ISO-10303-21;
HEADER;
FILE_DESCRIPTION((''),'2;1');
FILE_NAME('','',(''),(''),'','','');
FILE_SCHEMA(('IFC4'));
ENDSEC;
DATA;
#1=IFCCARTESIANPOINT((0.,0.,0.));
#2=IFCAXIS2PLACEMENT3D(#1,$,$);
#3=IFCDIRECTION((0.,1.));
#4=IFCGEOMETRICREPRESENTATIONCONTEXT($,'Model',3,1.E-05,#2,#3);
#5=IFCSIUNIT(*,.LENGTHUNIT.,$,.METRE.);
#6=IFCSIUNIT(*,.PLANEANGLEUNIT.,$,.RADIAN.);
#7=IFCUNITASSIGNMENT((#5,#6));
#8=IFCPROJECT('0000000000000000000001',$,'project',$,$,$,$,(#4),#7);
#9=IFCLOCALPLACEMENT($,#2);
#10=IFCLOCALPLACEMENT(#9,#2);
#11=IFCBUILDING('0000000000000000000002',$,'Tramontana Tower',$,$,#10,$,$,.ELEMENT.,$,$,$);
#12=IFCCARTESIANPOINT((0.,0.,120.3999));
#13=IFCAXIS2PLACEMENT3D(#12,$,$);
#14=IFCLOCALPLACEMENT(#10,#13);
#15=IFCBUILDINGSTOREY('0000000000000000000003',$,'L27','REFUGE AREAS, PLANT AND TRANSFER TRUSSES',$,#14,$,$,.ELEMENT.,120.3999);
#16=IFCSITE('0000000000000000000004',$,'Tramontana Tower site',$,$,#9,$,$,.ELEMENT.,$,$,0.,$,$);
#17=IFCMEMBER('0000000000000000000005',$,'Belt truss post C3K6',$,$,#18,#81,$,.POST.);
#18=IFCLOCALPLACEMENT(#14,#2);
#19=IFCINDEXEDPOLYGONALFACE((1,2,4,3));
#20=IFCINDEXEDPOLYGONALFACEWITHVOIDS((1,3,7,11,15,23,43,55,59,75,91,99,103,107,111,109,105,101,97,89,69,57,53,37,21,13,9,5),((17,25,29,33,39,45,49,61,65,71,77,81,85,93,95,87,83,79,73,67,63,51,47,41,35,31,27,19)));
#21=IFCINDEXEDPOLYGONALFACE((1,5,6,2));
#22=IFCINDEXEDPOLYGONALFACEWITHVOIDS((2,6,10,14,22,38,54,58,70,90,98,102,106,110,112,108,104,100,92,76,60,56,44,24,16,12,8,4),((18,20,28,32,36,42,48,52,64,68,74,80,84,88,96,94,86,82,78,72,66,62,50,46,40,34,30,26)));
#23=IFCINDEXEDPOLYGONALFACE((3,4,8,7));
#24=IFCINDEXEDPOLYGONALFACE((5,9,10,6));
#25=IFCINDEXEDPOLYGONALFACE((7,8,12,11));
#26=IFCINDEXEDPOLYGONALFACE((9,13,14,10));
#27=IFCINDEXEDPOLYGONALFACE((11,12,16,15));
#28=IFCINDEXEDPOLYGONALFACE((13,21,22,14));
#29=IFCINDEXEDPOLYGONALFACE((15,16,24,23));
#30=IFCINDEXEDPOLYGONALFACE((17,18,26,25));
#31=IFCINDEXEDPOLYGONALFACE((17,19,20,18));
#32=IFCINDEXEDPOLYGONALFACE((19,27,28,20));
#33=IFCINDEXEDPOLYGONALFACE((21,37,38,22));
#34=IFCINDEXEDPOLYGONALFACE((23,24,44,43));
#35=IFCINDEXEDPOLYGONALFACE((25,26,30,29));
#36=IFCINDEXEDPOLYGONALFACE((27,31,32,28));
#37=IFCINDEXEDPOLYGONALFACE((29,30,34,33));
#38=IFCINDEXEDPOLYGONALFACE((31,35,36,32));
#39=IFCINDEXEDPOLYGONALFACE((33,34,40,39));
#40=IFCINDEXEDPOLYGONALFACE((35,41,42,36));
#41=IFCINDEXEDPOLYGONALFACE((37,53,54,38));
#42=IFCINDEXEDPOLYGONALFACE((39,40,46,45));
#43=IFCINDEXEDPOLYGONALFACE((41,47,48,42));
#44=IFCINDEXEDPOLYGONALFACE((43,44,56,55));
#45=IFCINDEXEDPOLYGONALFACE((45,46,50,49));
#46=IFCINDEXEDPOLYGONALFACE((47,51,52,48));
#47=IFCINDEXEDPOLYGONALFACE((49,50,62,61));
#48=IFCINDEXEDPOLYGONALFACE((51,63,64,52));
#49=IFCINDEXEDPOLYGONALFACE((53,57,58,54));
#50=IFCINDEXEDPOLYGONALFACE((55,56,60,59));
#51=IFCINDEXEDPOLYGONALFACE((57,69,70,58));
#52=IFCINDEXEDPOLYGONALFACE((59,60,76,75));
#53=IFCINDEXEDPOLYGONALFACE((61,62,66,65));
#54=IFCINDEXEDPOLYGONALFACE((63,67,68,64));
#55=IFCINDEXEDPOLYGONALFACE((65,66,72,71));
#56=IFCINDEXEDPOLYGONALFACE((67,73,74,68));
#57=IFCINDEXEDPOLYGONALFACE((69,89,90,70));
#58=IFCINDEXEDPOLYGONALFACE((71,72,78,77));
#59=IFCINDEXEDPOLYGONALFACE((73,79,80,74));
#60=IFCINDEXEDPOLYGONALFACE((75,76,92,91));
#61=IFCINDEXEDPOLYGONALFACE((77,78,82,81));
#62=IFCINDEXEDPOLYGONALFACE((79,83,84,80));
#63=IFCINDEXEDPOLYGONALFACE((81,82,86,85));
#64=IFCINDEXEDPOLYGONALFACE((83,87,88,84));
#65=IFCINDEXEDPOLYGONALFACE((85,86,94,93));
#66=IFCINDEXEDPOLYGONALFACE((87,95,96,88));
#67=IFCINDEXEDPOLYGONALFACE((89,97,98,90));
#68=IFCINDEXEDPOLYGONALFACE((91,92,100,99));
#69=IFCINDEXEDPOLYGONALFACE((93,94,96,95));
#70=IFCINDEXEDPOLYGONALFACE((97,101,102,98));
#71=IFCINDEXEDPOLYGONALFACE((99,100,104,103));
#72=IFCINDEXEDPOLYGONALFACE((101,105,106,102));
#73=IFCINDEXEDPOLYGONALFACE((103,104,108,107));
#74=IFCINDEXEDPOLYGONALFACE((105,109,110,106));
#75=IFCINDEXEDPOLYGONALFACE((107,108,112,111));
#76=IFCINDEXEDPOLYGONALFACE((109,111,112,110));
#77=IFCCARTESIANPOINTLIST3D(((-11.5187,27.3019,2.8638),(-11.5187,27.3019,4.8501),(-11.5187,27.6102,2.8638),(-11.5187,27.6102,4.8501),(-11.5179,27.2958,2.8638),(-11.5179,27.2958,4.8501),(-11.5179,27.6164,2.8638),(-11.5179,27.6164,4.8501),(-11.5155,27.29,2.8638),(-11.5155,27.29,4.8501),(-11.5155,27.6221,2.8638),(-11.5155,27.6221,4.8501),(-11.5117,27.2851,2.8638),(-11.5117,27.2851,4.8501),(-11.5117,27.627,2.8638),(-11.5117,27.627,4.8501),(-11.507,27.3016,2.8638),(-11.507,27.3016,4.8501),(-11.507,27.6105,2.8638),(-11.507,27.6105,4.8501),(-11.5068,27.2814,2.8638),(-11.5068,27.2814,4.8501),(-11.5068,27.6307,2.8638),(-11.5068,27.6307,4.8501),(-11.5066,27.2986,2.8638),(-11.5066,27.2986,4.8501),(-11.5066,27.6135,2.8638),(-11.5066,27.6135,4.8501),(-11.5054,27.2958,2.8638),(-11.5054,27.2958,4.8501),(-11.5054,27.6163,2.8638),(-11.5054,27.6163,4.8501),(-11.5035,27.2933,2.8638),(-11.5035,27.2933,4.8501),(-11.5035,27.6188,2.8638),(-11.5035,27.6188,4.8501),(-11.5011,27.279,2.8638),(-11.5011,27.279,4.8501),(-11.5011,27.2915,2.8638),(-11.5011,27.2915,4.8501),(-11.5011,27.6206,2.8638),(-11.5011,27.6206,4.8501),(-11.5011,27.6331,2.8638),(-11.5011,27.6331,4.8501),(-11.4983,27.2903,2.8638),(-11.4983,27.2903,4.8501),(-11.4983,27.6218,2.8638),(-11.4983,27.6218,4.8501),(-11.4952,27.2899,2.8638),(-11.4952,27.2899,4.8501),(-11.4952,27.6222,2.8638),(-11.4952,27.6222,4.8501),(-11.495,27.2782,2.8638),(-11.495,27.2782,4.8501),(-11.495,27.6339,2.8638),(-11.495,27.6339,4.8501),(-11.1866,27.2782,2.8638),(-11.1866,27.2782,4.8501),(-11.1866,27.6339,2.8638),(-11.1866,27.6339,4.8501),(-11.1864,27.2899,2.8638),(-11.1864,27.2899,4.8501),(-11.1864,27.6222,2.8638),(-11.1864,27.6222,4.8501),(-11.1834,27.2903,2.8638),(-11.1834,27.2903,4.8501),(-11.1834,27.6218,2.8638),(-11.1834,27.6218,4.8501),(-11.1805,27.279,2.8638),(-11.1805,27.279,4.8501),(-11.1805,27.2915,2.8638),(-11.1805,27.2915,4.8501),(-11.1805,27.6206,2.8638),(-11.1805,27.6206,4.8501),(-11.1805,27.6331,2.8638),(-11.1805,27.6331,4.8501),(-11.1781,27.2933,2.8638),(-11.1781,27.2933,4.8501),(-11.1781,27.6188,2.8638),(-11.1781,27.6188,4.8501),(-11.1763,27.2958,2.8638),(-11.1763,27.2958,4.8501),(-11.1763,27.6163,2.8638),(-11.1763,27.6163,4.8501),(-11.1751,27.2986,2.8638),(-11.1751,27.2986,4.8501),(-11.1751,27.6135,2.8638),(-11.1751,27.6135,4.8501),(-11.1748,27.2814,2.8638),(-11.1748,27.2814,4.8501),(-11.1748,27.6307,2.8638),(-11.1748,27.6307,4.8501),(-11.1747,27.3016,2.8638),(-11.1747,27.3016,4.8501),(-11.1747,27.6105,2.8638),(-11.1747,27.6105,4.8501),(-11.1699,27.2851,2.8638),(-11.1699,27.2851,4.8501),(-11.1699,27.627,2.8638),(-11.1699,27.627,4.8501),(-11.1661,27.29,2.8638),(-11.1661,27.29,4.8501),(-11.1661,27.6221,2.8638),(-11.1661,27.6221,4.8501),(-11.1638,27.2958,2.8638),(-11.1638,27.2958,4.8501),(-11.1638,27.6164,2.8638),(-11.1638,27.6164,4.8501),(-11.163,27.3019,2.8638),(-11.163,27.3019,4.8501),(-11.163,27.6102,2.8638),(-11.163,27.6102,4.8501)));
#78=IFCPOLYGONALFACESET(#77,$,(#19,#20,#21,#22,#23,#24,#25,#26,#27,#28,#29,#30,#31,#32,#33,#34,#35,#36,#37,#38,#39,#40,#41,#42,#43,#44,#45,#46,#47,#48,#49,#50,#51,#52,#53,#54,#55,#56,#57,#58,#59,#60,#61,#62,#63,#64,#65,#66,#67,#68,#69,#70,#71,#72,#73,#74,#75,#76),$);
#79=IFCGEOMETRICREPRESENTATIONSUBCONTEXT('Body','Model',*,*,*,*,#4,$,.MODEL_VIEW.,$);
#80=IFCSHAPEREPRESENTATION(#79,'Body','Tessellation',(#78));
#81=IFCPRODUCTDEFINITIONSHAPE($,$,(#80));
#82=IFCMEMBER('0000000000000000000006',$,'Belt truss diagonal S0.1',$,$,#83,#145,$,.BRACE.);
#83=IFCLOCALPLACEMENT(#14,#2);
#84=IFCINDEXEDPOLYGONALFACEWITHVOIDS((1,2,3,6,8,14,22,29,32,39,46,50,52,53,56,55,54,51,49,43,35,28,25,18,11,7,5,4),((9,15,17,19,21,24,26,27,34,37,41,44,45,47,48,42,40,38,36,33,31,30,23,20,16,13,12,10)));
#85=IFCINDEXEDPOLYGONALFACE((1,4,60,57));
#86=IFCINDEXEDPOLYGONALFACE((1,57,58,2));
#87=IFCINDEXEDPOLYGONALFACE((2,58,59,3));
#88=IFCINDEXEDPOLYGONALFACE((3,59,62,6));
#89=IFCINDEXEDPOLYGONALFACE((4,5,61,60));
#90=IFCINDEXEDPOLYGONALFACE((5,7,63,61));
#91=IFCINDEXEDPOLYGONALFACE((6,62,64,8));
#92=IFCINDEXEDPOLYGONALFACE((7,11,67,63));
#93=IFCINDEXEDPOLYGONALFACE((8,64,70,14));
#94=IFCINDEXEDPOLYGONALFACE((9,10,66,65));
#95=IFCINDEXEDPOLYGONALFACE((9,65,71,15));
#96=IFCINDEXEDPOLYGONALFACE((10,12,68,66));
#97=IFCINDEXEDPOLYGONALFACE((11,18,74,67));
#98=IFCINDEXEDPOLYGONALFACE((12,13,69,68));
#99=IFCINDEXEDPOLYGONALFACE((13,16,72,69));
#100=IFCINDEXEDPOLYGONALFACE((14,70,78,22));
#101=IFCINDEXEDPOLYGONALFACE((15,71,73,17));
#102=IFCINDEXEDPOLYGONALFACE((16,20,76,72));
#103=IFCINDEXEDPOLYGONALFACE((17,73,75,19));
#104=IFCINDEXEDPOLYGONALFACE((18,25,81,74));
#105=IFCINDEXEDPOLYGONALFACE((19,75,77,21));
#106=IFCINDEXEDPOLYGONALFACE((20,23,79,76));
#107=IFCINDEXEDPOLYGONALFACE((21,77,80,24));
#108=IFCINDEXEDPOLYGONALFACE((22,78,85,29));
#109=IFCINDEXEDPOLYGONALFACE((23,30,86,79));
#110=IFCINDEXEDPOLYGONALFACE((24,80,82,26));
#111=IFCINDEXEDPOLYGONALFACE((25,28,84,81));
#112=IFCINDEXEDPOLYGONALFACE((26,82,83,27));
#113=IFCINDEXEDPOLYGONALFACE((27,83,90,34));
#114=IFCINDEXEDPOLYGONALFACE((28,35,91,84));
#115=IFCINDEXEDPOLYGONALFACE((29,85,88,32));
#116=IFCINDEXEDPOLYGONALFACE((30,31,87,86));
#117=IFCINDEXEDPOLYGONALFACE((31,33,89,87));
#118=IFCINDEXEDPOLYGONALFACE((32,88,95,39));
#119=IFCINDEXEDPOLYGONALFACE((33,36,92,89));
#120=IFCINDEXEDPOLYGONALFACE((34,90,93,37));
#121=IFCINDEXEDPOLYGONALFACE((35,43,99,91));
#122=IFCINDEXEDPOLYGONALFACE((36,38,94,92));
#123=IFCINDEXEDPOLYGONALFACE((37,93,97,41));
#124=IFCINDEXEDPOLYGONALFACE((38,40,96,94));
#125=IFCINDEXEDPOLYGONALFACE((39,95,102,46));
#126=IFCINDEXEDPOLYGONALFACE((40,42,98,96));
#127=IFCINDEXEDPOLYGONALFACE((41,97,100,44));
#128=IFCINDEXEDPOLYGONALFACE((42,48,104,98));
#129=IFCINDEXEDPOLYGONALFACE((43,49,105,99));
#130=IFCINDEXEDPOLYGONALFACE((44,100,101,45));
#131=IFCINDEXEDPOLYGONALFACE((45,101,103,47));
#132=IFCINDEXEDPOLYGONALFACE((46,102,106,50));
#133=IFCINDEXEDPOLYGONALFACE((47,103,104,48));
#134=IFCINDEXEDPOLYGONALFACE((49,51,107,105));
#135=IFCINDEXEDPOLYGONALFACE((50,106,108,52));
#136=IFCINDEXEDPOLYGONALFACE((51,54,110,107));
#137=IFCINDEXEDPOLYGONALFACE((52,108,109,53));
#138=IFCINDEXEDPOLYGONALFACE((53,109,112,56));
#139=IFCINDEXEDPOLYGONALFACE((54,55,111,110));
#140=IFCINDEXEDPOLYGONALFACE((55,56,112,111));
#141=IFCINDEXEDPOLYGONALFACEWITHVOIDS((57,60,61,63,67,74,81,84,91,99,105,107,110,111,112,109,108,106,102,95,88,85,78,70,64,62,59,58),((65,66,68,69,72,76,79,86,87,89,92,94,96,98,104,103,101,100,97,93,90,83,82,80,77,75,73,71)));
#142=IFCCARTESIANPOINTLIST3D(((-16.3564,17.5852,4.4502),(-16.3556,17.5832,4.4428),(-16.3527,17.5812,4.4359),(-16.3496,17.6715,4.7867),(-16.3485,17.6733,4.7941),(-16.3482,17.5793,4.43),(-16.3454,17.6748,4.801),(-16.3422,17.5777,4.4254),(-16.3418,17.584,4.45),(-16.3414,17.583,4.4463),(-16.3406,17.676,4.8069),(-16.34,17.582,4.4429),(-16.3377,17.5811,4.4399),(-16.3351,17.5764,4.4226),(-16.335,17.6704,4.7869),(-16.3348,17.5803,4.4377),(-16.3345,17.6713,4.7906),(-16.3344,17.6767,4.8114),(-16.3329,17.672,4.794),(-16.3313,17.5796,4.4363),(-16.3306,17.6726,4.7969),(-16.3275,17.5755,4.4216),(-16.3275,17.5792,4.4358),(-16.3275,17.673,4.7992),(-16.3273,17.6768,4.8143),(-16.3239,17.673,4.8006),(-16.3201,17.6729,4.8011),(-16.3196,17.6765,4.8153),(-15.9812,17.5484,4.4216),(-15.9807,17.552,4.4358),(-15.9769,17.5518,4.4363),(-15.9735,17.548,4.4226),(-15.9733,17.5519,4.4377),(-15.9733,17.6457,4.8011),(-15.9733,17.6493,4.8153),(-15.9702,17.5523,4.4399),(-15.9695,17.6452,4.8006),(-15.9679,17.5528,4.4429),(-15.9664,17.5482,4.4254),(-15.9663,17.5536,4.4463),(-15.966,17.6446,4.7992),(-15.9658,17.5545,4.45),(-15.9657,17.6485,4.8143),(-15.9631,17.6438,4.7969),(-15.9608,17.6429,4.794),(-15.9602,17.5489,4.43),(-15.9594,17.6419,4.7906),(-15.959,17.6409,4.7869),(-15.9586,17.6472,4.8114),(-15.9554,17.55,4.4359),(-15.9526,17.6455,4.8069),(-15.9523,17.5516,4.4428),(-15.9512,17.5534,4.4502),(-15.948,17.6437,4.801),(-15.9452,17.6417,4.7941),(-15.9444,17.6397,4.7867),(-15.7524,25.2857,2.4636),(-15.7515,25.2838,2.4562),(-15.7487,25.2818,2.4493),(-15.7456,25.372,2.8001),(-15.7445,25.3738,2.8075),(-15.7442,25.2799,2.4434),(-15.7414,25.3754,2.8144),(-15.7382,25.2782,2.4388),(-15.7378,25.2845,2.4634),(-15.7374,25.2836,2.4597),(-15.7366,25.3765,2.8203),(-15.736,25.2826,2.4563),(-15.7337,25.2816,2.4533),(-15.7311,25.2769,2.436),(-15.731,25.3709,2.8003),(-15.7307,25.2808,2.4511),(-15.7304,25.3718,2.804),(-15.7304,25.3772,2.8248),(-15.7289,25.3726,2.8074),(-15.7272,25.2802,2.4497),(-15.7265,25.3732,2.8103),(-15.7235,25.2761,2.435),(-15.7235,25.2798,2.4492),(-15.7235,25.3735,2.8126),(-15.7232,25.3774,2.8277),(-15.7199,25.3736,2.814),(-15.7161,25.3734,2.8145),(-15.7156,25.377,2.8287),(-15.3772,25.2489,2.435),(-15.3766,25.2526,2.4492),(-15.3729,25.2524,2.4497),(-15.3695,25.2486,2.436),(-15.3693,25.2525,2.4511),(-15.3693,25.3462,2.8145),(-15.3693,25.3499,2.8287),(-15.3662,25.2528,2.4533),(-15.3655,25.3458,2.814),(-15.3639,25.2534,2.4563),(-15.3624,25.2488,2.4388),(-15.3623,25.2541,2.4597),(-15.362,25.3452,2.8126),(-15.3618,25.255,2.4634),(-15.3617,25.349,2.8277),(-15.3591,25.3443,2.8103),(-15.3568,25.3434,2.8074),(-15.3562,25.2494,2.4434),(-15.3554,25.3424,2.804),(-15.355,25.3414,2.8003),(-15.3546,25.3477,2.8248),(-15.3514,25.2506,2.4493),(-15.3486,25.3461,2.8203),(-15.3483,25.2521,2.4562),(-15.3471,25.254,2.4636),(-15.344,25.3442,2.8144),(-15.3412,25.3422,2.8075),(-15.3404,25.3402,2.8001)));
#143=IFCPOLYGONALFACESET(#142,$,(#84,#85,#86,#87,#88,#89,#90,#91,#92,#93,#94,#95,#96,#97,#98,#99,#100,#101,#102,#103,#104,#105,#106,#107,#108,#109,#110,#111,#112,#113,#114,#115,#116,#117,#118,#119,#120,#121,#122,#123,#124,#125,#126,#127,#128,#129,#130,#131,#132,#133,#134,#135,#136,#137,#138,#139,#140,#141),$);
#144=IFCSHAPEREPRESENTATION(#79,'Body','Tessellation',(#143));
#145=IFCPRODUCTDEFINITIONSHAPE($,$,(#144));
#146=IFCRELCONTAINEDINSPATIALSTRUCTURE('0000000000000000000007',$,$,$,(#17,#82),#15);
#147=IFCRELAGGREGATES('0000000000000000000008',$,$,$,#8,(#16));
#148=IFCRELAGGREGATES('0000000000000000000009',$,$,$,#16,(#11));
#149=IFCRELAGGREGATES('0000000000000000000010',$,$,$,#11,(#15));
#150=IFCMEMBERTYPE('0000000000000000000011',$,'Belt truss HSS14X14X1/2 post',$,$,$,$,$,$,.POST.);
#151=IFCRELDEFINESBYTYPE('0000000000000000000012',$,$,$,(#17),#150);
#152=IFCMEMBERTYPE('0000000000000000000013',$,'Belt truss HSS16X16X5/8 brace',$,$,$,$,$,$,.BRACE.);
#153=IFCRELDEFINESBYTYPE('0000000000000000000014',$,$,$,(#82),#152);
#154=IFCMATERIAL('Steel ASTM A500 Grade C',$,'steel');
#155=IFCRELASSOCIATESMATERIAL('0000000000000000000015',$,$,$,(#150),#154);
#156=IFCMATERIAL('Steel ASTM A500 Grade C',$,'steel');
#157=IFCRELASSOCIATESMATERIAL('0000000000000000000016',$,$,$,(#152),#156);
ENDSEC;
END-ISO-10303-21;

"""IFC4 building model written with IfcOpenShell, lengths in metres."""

from ifc_helpers import new_model, si_unit, direction, frame, origin, origin_2d, place, context, subcontext, project, spatial, hollow_rectangle, extrude, material, material_profile, profile_set, type_object, element, save


model = new_model("IFC4")

# Units and contexts
model_context = context("Model", 3, precision=1e-05, world=origin(), true_north=direction((0.0, 1.0)))
body_context = subcontext(model_context, "Body", "Model", "MODEL_VIEW")
ifc_project = project(units=[si_unit("LENGTHUNIT", "METRE"), si_unit("PLANEANGLEUNIT", "RADIAN")], contexts=[model_context])

# Site, building, storey
site_placement = place(None, origin())
site = spatial("IfcSite", under=ifc_project, at=site_placement, Name="Tramontana Tower site", CompositionType="ELEMENT", RefElevation=0.0)
building_placement = place(site_placement, origin())
building = spatial("IfcBuilding", under=site, at=building_placement, Name="Tramontana Tower", CompositionType="ELEMENT")
storey_placement = place(building_placement, frame((0.0, 0.0, 120.3999)))
storey = spatial("IfcBuildingStorey", under=building, at=storey_placement, Name="L27", Description="REFUGE AREAS, PLANT AND TRANSFER TRUSSES", CompositionType="ELEMENT", Elevation=120.3999)

# Members
ifc_material_1 = material(Name="Steel ASTM A500 Grade C", Category="steel")
ifc_material_profile_1 = material_profile(ifc_material_1, hollow_rectangle(XDim=0.3557, YDim=0.3557, WallThickness=0.0117, InnerFilletRadius=0.0117, OuterFilletRadius=0.0237, at=origin_2d()), Name="HSS14X14X1/2")
ifc_profile_set_1 = profile_set([ifc_material_profile_1], Name="Steel ASTM A500 Grade C")
member_type_1 = type_object("IfcMemberType", Name="Belt truss HSS14X14X1/2 post", PredefinedType="POST", material=ifc_profile_set_1)
for number, where, z_axis, x_axis, name in (
    (1, (-11.3408, 27.4561, 2.8638), (0.0, 0.0, 1.0), (1.0, 0.0, 0.0), "Belt truss post C3K6"),
):
    element("IfcMember", number, at=place(storey_placement, frame(where, z_axis=z_axis, x_axis=x_axis)), inside=storey, type_object=member_type_1, Name=name, PredefinedType="POST", context=body_context, shape_type="SweptSolid", body=[
        extrude(hollow_rectangle(XDim=0.3557, YDim=0.3557, WallThickness=0.0117, InnerFilletRadius=0.0117, OuterFilletRadius=0.0237, at=origin_2d()), origin(), (0.0, 0.0, 1.0), 1.9863),
    ])
ifc_material_2 = material(Name="Steel ASTM A500 Grade C", Category="steel")
ifc_material_profile_2 = material_profile(ifc_material_2, hollow_rectangle(XDim=0.4065, YDim=0.4065, WallThickness=0.0146, InnerFilletRadius=0.0146, OuterFilletRadius=0.0295, at=origin_2d()), Name="HSS16X16X5/8")
ifc_profile_set_2 = profile_set([ifc_material_profile_2], Name="Steel ASTM A500 Grade C")
member_type_2 = type_object("IfcMemberType", Name="Belt truss HSS16X16X5/8 brace", PredefinedType="BRACE", material=ifc_profile_set_2)
member_1_placement = place(storey_placement, frame((-15.5464, 25.313, 2.6318), z_axis=(-0.075733, -0.965516, 0.249085), x_axis=(0.996938, -0.078197, 0.0)))
element("IfcMember", 2, at=member_1_placement, inside=storey, type_object=member_type_2, Name="Belt truss diagonal S0.1", PredefinedType="BRACE", context=body_context, shape_type="SweptSolid", body=[
    extrude(hollow_rectangle(XDim=0.4065, YDim=0.4065, WallThickness=0.0146, InnerFilletRadius=0.0146, OuterFilletRadius=0.0295, at=origin_2d()), origin(), (0.0, 0.0, 1.0), 7.9756),
])

save(model, "model.ifc")
